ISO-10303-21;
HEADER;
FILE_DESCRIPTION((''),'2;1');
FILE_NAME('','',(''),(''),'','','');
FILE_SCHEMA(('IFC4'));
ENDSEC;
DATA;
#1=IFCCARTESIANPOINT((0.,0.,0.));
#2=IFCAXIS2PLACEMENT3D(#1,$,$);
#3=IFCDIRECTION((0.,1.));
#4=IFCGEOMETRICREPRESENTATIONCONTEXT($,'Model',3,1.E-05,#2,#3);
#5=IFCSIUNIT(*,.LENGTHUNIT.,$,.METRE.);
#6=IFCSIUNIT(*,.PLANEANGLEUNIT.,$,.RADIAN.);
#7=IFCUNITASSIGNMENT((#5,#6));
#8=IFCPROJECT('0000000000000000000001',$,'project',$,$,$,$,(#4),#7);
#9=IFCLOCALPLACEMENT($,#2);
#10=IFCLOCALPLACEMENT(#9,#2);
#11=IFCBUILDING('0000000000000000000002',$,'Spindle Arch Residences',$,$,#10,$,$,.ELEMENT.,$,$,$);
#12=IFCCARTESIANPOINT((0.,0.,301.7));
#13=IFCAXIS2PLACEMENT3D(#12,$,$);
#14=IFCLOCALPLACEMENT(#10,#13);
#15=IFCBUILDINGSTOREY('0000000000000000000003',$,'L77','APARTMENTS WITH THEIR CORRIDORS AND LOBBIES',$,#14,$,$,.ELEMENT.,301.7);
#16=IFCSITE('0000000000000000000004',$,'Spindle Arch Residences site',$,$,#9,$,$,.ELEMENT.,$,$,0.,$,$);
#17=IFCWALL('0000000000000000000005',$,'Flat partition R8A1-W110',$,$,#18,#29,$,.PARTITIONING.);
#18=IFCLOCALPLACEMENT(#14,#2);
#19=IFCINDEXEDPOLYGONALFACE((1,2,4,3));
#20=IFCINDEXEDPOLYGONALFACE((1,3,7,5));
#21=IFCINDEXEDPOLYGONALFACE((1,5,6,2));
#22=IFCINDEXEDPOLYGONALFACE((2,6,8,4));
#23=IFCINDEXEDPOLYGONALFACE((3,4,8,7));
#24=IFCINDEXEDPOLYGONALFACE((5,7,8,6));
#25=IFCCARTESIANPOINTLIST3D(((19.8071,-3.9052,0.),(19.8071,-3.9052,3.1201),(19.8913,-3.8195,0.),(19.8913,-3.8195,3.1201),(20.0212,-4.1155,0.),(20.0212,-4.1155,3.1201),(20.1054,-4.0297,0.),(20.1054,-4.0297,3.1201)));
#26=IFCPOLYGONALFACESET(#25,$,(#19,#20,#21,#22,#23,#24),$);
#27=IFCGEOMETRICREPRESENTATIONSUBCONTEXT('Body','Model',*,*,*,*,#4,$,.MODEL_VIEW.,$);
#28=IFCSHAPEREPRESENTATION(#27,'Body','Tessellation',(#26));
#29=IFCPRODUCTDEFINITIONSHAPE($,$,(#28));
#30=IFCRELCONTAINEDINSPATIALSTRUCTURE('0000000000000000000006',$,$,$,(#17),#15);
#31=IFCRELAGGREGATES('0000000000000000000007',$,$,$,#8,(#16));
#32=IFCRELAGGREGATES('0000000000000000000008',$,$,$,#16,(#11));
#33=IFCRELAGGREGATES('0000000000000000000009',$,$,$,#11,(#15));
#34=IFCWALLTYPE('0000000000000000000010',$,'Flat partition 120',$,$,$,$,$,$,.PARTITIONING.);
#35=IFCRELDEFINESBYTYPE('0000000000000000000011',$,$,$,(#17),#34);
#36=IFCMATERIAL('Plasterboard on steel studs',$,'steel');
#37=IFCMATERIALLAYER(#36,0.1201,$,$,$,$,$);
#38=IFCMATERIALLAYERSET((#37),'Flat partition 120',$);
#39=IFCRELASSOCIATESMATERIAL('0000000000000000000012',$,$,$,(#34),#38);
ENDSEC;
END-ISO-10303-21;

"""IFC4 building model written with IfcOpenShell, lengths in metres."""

from ifc_helpers import new_model, si_unit, direction, frame, frame_2d, origin, place, context, subcontext, project, spatial, rectangle, extrude, material, layer, layer_set, type_object, element, save


model = new_model("IFC4")

# Units and contexts
model_context = context("Model", 3, precision=1e-05, world=origin(), true_north=direction((0.0, 1.0)))
body_context = subcontext(model_context, "Body", "Model", "MODEL_VIEW")
ifc_project = project(units=[si_unit("LENGTHUNIT", "METRE"), si_unit("PLANEANGLEUNIT", "RADIAN")], contexts=[model_context])

# Site, building, storey
site_placement = place(None, origin())
site = spatial("IfcSite", under=ifc_project, at=site_placement, Name="Spindle Arch Residences site", CompositionType="ELEMENT", RefElevation=0.0)
building_placement = place(site_placement, origin())
building = spatial("IfcBuilding", under=site, at=building_placement, Name="Spindle Arch Residences", CompositionType="ELEMENT")
storey_placement = place(building_placement, frame((0.0, 0.0, 301.7)))
storey = spatial("IfcBuildingStorey", under=building, at=storey_placement, Name="L77", Description="APARTMENTS WITH THEIR CORRIDORS AND LOBBIES", CompositionType="ELEMENT", Elevation=301.7)

# Shared definitions
ifc_material_1 = material(Name="Plasterboard on steel studs", Category="steel")
ifc_layer_1 = layer(ifc_material_1, 0.1201)
ifc_layer_set_1 = layer_set([ifc_layer_1], Name="Flat partition 120")
wall_type_1 = type_object("IfcWallType", Name="Flat partition 120", PredefinedType="PARTITIONING", material=ifc_layer_set_1)

# Wall
wall_1_placement = place(storey_placement, frame((20.0632, -4.0725, 0.0), z_axis=(0.0, 0.0, 1.0), x_axis=(-0.713586, 0.700567, 0.0)))
element("IfcWall", 1, at=wall_1_placement, inside=storey, type_object=wall_type_1, Name="Flat partition R8A1-W110", PredefinedType="PARTITIONING", context=body_context, shape_type="SweptSolid", body=[
    extrude(rectangle(XDim=0.3, YDim=0.1201, at=frame_2d((0.1499, 0.0))), origin(), (0.0, 0.0, 1.0), 3.1201),
])

save(model, "model.ifc")
